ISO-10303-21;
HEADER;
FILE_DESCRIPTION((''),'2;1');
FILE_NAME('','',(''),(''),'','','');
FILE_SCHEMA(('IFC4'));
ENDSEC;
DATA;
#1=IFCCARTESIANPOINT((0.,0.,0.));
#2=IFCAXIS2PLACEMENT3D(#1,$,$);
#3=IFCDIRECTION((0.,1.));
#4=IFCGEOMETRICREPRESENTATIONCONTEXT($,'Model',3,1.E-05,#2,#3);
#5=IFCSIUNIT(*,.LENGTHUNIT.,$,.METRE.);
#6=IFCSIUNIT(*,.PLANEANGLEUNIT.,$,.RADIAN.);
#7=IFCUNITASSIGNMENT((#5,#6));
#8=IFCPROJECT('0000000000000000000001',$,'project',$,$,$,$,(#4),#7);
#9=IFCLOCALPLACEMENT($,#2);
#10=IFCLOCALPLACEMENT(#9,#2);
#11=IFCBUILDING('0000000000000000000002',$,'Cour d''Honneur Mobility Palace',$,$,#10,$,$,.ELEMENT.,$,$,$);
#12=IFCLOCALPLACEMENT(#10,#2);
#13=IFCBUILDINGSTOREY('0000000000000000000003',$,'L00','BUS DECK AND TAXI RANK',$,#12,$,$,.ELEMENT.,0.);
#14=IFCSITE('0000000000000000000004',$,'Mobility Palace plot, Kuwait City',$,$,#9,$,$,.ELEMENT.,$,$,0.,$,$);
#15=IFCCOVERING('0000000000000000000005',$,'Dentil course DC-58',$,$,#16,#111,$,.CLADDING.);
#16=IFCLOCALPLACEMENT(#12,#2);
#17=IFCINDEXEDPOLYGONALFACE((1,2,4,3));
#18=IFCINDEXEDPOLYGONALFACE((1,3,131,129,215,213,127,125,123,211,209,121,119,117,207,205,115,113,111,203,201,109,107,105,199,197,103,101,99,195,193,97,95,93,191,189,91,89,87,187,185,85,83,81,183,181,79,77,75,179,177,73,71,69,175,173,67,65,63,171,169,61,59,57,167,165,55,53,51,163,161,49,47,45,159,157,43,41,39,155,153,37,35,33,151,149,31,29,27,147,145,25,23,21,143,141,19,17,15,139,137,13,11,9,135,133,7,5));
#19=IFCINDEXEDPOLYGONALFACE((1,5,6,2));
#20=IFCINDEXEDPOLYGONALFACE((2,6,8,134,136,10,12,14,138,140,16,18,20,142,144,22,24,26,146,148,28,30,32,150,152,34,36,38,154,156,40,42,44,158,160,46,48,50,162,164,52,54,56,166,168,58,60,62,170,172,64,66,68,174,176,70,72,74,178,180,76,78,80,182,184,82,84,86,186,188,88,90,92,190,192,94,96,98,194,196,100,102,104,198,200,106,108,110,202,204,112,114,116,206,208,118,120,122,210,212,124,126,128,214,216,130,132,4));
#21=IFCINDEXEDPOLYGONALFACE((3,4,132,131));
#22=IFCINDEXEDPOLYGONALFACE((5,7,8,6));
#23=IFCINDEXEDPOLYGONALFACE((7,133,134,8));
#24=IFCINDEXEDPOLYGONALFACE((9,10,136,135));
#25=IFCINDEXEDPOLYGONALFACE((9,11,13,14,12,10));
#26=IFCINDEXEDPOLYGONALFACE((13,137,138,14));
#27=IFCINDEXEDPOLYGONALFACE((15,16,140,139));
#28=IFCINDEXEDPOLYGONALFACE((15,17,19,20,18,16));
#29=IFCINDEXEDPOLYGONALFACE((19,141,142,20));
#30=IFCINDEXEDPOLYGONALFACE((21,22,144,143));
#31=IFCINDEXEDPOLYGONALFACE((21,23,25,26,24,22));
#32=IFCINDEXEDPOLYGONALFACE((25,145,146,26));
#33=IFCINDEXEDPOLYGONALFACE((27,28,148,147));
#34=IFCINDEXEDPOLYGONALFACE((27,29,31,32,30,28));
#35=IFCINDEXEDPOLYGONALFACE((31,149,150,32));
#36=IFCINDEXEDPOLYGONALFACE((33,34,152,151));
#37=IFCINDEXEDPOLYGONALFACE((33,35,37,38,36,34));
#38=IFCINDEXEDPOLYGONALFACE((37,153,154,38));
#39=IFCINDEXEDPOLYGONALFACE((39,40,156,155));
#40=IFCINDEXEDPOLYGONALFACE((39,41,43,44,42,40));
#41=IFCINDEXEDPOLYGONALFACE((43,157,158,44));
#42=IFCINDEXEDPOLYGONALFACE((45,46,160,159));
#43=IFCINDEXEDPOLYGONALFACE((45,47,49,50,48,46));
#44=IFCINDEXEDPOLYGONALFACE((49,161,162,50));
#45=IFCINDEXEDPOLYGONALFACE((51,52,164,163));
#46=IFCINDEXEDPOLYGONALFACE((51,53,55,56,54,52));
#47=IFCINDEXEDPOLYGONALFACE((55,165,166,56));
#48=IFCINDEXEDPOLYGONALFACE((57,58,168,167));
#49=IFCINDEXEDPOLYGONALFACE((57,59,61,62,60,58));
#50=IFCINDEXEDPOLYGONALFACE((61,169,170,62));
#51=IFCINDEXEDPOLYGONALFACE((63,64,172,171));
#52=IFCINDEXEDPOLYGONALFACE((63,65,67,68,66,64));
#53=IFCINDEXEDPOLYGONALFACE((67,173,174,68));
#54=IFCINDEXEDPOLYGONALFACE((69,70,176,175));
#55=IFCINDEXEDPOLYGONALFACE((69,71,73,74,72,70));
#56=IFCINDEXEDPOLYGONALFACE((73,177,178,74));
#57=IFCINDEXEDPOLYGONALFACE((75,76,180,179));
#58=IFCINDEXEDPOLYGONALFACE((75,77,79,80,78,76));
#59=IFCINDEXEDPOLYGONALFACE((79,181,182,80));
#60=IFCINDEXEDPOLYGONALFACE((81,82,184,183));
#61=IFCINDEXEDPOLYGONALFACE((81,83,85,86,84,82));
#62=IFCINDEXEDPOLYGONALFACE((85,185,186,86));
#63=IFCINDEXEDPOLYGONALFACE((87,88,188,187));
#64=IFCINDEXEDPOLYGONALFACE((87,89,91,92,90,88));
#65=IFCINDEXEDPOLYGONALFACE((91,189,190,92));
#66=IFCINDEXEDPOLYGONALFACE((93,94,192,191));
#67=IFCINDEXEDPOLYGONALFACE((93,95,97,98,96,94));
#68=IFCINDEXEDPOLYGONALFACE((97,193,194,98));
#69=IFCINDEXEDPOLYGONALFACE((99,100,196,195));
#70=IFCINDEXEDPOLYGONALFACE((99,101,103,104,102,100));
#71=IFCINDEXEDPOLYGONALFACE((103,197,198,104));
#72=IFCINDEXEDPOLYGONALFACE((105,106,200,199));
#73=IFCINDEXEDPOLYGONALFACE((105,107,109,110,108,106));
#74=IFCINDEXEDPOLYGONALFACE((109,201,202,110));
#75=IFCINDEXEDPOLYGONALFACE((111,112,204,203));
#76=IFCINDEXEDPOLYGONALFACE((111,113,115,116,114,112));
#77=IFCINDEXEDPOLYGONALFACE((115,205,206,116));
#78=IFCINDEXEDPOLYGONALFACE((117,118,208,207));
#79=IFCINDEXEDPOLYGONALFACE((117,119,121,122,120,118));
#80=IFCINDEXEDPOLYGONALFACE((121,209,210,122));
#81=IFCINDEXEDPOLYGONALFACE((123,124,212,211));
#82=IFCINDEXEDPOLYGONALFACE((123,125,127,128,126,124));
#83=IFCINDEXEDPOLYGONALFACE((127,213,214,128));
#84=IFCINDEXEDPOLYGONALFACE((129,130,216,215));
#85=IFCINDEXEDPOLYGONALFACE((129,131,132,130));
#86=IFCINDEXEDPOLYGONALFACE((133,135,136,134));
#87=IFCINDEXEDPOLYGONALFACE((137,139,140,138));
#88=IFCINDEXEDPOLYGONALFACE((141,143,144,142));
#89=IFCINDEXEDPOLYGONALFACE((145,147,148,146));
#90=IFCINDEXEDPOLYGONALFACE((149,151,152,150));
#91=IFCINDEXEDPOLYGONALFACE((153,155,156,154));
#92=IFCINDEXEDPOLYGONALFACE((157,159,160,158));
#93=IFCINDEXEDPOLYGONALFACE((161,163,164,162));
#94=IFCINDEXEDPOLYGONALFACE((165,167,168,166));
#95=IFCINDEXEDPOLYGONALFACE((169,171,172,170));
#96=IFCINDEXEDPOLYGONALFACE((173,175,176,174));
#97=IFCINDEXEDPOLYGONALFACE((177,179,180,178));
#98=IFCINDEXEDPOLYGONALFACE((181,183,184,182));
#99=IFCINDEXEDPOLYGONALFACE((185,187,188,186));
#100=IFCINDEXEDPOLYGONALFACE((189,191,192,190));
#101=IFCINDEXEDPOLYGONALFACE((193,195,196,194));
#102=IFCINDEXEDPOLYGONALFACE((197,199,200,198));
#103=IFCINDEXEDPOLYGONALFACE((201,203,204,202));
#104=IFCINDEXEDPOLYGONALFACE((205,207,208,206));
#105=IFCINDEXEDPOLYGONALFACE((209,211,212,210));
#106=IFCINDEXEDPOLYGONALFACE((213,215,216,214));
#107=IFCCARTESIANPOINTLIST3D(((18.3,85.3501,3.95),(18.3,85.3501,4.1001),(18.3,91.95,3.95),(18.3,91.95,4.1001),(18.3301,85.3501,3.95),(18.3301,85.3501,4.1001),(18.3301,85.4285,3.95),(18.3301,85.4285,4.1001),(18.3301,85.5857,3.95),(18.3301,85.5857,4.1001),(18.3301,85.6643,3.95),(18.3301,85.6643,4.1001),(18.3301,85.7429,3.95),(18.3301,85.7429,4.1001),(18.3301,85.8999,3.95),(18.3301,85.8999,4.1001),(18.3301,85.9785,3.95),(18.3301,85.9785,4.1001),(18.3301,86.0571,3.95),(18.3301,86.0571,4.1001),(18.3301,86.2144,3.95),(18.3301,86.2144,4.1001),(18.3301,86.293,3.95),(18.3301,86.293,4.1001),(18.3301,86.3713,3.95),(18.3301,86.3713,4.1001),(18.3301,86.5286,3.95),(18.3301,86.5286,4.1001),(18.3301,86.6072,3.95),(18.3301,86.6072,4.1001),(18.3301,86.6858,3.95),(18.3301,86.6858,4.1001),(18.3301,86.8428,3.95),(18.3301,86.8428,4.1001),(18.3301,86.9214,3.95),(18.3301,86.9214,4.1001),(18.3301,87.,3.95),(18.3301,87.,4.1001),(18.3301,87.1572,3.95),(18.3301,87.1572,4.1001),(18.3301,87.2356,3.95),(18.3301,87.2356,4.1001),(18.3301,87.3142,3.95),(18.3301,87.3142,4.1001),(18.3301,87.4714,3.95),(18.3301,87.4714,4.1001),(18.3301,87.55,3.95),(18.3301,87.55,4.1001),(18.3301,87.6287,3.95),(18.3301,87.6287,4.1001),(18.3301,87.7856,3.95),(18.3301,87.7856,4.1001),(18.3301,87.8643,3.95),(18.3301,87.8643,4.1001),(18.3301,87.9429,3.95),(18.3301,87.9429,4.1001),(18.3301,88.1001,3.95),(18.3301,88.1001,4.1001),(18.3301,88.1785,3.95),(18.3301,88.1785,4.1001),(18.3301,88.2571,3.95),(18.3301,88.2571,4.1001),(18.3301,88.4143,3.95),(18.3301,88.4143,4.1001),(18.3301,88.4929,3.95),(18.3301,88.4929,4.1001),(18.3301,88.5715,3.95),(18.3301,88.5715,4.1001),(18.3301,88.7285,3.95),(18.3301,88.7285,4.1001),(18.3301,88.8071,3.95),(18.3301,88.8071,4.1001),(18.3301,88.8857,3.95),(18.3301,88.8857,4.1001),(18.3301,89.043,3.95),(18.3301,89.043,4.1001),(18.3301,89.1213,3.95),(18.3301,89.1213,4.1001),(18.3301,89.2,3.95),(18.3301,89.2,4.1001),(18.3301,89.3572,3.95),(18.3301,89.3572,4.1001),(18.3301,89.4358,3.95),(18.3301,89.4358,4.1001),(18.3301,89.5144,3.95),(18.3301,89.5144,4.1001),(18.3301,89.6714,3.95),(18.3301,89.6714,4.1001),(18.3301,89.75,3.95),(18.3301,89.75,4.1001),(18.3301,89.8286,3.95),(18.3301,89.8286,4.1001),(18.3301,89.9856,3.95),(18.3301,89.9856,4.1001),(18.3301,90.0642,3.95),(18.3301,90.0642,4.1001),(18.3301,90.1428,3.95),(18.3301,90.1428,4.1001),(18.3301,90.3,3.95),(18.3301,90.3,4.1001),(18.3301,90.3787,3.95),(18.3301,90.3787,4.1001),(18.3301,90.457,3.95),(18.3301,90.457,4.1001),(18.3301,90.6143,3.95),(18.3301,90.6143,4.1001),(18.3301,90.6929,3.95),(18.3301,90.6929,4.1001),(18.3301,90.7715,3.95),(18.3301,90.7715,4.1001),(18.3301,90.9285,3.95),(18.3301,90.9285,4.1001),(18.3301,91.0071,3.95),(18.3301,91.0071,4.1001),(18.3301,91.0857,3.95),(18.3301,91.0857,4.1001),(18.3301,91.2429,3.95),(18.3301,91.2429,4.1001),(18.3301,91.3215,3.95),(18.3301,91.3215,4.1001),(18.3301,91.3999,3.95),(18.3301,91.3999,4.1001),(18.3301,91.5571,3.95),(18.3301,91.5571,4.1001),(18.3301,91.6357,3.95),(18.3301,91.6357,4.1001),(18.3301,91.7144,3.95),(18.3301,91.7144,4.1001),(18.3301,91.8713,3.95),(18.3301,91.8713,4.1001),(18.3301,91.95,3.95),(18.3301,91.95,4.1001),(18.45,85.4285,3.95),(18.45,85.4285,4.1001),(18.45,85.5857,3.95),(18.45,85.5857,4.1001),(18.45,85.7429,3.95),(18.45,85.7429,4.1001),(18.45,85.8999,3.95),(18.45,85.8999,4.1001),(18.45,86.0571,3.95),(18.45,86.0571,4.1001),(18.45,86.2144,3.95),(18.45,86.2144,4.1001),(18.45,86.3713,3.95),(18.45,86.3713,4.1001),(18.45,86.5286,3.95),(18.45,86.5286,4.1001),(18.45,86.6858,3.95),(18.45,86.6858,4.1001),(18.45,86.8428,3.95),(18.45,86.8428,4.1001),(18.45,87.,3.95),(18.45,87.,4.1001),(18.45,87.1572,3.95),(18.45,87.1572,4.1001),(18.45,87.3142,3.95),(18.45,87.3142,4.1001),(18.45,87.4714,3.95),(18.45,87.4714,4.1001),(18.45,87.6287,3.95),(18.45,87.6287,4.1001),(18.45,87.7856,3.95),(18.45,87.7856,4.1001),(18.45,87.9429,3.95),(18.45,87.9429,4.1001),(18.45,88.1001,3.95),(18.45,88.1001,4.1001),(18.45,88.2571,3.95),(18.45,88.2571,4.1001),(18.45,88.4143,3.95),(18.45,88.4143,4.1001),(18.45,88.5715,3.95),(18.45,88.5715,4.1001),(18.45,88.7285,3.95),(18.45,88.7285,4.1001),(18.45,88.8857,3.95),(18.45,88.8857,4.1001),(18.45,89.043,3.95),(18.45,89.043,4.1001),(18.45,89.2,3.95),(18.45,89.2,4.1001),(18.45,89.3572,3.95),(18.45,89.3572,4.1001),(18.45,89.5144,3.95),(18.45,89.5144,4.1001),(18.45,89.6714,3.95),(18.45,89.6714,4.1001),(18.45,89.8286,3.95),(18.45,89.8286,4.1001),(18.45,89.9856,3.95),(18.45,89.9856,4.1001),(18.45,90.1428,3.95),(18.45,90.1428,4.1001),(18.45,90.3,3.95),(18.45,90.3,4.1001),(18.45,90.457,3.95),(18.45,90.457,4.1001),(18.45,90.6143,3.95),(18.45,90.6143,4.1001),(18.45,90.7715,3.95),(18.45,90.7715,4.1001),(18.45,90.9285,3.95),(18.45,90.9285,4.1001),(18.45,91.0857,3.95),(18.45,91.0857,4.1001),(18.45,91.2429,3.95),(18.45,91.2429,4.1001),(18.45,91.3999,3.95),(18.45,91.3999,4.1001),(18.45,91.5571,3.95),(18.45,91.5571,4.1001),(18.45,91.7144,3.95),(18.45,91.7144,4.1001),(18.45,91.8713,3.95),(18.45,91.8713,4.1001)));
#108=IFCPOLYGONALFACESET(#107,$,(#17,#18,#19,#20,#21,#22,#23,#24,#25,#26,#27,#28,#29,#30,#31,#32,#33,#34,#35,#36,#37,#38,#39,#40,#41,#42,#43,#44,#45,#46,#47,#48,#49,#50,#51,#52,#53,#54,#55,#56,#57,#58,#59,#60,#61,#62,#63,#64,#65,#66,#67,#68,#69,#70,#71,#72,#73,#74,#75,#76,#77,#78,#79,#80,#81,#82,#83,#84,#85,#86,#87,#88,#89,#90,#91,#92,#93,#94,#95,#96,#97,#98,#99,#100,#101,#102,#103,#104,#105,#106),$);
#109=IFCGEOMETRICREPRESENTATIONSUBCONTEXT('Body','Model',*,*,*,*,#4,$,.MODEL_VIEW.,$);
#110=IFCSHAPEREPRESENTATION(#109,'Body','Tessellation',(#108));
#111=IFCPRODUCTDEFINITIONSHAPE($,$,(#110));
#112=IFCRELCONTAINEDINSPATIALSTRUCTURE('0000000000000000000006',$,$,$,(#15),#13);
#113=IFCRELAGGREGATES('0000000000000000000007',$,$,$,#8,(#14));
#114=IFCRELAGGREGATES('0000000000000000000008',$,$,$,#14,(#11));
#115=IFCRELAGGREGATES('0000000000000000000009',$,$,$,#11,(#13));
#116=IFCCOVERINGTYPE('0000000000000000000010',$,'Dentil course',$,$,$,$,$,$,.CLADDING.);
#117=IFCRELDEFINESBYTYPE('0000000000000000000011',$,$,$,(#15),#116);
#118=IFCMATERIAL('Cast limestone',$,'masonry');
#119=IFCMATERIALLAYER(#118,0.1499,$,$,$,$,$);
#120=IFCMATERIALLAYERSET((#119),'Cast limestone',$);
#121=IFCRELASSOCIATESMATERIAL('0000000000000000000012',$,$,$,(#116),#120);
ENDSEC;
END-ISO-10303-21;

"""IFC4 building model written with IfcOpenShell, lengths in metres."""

from ifc_helpers import new_model, si_unit, direction, frame, origin, place, context, subcontext, project, spatial, polyline, outline, extrude, material, layer, layer_set, type_object, element, save


model = new_model("IFC4")

# Units and contexts
model_context = context("Model", 3, precision=1e-05, world=origin(), true_north=direction((0.0, 1.0)))
body_context = subcontext(model_context, "Body", "Model", "MODEL_VIEW")
ifc_project = project(units=[si_unit("LENGTHUNIT", "METRE"), si_unit("PLANEANGLEUNIT", "RADIAN")], contexts=[model_context])

# Site, building, storey
site_placement = place(None, origin())
site = spatial("IfcSite", under=ifc_project, at=site_placement, Name="Mobility Palace plot, Kuwait City", CompositionType="ELEMENT", RefElevation=0.0)
building_placement = place(site_placement, origin())
building = spatial("IfcBuilding", under=site, at=building_placement, Name="Cour d'Honneur Mobility Palace", CompositionType="ELEMENT")
storey_placement = place(building_placement, origin())
storey = spatial("IfcBuildingStorey", under=building, at=storey_placement, Name="L00", Description="BUS DECK AND TAXI RANK", CompositionType="ELEMENT", Elevation=0.0)

# Covering
ifc_material = material(Name="Cast limestone", Category="masonry")
ifc_layer = layer(ifc_material, 0.1499)
ifc_layer_set = layer_set([ifc_layer], Name="Cast limestone")
covering_type = type_object("IfcCoveringType", Name="Dentil course", PredefinedType="CLADDING", material=ifc_layer_set)
covering_1_placement = place(storey_placement, frame((0.0, 0.0, 3.95)))
element("IfcCovering", 1, at=covering_1_placement, inside=storey, type_object=covering_type, Name="Dentil course DC-58", PredefinedType="CLADDING", context=body_context, shape_type="SweptSolid", body=[
    extrude(outline(polyline([(18.3, 85.3501), (18.3, 91.95), (18.3301, 91.95), (18.3301, 91.95), (18.3301, 91.8713), (18.45, 91.8713), (18.45, 91.7144), (18.3301, 91.7144), (18.3301, 91.6357), (18.3301, 91.6357), (18.3301, 91.5571), (18.45, 91.5571), (18.45, 91.3999), (18.3301, 91.3999), (18.3301, 91.3215), (18.3301, 91.3215), (18.3301, 91.2429), (18.45, 91.2429), (18.45, 91.0857), (18.3301, 91.0857), (18.3301, 91.0071), (18.3301, 91.0071), (18.3301, 90.9285), (18.45, 90.9285), (18.45, 90.7715), (18.3301, 90.7715), (18.3301, 90.6929), (18.3301, 90.6929), (18.3301, 90.6143), (18.45, 90.6143), (18.45, 90.457), (18.3301, 90.457), (18.3301, 90.3787), (18.3301, 90.3787), (18.3301, 90.3), (18.45, 90.3), (18.45, 90.1428), (18.3301, 90.1428), (18.3301, 90.0642), (18.3301, 90.0642), (18.3301, 89.9856), (18.45, 89.9856), (18.45, 89.8286), (18.3301, 89.8286), (18.3301, 89.75), (18.3301, 89.75), (18.3301, 89.6714), (18.45, 89.6714), (18.45, 89.5144), (18.3301, 89.5144), (18.3301, 89.4358), (18.3301, 89.4358), (18.3301, 89.3572), (18.45, 89.3572), (18.45, 89.2), (18.3301, 89.2), (18.3301, 89.1213), (18.3301, 89.1213), (18.3301, 89.043), (18.45, 89.043), (18.45, 88.8857), (18.3301, 88.8857), (18.3301, 88.8071), (18.3301, 88.8071), (18.3301, 88.7285), (18.45, 88.7285), (18.45, 88.5715), (18.3301, 88.5715), (18.3301, 88.4929), (18.3301, 88.4929), (18.3301, 88.4143), (18.45, 88.4143), (18.45, 88.2571), (18.3301, 88.2571), (18.3301, 88.1785), (18.3301, 88.1785), (18.3301, 88.1001), (18.45, 88.1001), (18.45, 87.9429), (18.3301, 87.9429), (18.3301, 87.8643), (18.3301, 87.8643), (18.3301, 87.7856), (18.45, 87.7856), (18.45, 87.6287), (18.3301, 87.6287), (18.3301, 87.55), (18.3301, 87.55), (18.3301, 87.4714), (18.45, 87.4714), (18.45, 87.3142), (18.3301, 87.3142), (18.3301, 87.2356), (18.3301, 87.2356), (18.3301, 87.1572), (18.45, 87.1572), (18.45, 87.0), (18.3301, 87.0), (18.3301, 86.9214), (18.3301, 86.9214), (18.3301, 86.8428), (18.45, 86.8428), (18.45, 86.6858), (18.3301, 86.6858), (18.3301, 86.6072), (18.3301, 86.6072), (18.3301, 86.5286), (18.45, 86.5286), (18.45, 86.3713), (18.3301, 86.3713), (18.3301, 86.293), (18.3301, 86.293), (18.3301, 86.2144), (18.45, 86.2144), (18.45, 86.0571), (18.3301, 86.0571), (18.3301, 85.9785), (18.3301, 85.9785), (18.3301, 85.8999), (18.45, 85.8999), (18.45, 85.7429), (18.3301, 85.7429), (18.3301, 85.6643), (18.3301, 85.6643), (18.3301, 85.5857), (18.45, 85.5857), (18.45, 85.4285), (18.3301, 85.4285), (18.3301, 85.3501), (18.3, 85.3501)])), origin(), (0.0, 0.0, 1.0), 0.1501),
])

save(model, "model.ifc")
